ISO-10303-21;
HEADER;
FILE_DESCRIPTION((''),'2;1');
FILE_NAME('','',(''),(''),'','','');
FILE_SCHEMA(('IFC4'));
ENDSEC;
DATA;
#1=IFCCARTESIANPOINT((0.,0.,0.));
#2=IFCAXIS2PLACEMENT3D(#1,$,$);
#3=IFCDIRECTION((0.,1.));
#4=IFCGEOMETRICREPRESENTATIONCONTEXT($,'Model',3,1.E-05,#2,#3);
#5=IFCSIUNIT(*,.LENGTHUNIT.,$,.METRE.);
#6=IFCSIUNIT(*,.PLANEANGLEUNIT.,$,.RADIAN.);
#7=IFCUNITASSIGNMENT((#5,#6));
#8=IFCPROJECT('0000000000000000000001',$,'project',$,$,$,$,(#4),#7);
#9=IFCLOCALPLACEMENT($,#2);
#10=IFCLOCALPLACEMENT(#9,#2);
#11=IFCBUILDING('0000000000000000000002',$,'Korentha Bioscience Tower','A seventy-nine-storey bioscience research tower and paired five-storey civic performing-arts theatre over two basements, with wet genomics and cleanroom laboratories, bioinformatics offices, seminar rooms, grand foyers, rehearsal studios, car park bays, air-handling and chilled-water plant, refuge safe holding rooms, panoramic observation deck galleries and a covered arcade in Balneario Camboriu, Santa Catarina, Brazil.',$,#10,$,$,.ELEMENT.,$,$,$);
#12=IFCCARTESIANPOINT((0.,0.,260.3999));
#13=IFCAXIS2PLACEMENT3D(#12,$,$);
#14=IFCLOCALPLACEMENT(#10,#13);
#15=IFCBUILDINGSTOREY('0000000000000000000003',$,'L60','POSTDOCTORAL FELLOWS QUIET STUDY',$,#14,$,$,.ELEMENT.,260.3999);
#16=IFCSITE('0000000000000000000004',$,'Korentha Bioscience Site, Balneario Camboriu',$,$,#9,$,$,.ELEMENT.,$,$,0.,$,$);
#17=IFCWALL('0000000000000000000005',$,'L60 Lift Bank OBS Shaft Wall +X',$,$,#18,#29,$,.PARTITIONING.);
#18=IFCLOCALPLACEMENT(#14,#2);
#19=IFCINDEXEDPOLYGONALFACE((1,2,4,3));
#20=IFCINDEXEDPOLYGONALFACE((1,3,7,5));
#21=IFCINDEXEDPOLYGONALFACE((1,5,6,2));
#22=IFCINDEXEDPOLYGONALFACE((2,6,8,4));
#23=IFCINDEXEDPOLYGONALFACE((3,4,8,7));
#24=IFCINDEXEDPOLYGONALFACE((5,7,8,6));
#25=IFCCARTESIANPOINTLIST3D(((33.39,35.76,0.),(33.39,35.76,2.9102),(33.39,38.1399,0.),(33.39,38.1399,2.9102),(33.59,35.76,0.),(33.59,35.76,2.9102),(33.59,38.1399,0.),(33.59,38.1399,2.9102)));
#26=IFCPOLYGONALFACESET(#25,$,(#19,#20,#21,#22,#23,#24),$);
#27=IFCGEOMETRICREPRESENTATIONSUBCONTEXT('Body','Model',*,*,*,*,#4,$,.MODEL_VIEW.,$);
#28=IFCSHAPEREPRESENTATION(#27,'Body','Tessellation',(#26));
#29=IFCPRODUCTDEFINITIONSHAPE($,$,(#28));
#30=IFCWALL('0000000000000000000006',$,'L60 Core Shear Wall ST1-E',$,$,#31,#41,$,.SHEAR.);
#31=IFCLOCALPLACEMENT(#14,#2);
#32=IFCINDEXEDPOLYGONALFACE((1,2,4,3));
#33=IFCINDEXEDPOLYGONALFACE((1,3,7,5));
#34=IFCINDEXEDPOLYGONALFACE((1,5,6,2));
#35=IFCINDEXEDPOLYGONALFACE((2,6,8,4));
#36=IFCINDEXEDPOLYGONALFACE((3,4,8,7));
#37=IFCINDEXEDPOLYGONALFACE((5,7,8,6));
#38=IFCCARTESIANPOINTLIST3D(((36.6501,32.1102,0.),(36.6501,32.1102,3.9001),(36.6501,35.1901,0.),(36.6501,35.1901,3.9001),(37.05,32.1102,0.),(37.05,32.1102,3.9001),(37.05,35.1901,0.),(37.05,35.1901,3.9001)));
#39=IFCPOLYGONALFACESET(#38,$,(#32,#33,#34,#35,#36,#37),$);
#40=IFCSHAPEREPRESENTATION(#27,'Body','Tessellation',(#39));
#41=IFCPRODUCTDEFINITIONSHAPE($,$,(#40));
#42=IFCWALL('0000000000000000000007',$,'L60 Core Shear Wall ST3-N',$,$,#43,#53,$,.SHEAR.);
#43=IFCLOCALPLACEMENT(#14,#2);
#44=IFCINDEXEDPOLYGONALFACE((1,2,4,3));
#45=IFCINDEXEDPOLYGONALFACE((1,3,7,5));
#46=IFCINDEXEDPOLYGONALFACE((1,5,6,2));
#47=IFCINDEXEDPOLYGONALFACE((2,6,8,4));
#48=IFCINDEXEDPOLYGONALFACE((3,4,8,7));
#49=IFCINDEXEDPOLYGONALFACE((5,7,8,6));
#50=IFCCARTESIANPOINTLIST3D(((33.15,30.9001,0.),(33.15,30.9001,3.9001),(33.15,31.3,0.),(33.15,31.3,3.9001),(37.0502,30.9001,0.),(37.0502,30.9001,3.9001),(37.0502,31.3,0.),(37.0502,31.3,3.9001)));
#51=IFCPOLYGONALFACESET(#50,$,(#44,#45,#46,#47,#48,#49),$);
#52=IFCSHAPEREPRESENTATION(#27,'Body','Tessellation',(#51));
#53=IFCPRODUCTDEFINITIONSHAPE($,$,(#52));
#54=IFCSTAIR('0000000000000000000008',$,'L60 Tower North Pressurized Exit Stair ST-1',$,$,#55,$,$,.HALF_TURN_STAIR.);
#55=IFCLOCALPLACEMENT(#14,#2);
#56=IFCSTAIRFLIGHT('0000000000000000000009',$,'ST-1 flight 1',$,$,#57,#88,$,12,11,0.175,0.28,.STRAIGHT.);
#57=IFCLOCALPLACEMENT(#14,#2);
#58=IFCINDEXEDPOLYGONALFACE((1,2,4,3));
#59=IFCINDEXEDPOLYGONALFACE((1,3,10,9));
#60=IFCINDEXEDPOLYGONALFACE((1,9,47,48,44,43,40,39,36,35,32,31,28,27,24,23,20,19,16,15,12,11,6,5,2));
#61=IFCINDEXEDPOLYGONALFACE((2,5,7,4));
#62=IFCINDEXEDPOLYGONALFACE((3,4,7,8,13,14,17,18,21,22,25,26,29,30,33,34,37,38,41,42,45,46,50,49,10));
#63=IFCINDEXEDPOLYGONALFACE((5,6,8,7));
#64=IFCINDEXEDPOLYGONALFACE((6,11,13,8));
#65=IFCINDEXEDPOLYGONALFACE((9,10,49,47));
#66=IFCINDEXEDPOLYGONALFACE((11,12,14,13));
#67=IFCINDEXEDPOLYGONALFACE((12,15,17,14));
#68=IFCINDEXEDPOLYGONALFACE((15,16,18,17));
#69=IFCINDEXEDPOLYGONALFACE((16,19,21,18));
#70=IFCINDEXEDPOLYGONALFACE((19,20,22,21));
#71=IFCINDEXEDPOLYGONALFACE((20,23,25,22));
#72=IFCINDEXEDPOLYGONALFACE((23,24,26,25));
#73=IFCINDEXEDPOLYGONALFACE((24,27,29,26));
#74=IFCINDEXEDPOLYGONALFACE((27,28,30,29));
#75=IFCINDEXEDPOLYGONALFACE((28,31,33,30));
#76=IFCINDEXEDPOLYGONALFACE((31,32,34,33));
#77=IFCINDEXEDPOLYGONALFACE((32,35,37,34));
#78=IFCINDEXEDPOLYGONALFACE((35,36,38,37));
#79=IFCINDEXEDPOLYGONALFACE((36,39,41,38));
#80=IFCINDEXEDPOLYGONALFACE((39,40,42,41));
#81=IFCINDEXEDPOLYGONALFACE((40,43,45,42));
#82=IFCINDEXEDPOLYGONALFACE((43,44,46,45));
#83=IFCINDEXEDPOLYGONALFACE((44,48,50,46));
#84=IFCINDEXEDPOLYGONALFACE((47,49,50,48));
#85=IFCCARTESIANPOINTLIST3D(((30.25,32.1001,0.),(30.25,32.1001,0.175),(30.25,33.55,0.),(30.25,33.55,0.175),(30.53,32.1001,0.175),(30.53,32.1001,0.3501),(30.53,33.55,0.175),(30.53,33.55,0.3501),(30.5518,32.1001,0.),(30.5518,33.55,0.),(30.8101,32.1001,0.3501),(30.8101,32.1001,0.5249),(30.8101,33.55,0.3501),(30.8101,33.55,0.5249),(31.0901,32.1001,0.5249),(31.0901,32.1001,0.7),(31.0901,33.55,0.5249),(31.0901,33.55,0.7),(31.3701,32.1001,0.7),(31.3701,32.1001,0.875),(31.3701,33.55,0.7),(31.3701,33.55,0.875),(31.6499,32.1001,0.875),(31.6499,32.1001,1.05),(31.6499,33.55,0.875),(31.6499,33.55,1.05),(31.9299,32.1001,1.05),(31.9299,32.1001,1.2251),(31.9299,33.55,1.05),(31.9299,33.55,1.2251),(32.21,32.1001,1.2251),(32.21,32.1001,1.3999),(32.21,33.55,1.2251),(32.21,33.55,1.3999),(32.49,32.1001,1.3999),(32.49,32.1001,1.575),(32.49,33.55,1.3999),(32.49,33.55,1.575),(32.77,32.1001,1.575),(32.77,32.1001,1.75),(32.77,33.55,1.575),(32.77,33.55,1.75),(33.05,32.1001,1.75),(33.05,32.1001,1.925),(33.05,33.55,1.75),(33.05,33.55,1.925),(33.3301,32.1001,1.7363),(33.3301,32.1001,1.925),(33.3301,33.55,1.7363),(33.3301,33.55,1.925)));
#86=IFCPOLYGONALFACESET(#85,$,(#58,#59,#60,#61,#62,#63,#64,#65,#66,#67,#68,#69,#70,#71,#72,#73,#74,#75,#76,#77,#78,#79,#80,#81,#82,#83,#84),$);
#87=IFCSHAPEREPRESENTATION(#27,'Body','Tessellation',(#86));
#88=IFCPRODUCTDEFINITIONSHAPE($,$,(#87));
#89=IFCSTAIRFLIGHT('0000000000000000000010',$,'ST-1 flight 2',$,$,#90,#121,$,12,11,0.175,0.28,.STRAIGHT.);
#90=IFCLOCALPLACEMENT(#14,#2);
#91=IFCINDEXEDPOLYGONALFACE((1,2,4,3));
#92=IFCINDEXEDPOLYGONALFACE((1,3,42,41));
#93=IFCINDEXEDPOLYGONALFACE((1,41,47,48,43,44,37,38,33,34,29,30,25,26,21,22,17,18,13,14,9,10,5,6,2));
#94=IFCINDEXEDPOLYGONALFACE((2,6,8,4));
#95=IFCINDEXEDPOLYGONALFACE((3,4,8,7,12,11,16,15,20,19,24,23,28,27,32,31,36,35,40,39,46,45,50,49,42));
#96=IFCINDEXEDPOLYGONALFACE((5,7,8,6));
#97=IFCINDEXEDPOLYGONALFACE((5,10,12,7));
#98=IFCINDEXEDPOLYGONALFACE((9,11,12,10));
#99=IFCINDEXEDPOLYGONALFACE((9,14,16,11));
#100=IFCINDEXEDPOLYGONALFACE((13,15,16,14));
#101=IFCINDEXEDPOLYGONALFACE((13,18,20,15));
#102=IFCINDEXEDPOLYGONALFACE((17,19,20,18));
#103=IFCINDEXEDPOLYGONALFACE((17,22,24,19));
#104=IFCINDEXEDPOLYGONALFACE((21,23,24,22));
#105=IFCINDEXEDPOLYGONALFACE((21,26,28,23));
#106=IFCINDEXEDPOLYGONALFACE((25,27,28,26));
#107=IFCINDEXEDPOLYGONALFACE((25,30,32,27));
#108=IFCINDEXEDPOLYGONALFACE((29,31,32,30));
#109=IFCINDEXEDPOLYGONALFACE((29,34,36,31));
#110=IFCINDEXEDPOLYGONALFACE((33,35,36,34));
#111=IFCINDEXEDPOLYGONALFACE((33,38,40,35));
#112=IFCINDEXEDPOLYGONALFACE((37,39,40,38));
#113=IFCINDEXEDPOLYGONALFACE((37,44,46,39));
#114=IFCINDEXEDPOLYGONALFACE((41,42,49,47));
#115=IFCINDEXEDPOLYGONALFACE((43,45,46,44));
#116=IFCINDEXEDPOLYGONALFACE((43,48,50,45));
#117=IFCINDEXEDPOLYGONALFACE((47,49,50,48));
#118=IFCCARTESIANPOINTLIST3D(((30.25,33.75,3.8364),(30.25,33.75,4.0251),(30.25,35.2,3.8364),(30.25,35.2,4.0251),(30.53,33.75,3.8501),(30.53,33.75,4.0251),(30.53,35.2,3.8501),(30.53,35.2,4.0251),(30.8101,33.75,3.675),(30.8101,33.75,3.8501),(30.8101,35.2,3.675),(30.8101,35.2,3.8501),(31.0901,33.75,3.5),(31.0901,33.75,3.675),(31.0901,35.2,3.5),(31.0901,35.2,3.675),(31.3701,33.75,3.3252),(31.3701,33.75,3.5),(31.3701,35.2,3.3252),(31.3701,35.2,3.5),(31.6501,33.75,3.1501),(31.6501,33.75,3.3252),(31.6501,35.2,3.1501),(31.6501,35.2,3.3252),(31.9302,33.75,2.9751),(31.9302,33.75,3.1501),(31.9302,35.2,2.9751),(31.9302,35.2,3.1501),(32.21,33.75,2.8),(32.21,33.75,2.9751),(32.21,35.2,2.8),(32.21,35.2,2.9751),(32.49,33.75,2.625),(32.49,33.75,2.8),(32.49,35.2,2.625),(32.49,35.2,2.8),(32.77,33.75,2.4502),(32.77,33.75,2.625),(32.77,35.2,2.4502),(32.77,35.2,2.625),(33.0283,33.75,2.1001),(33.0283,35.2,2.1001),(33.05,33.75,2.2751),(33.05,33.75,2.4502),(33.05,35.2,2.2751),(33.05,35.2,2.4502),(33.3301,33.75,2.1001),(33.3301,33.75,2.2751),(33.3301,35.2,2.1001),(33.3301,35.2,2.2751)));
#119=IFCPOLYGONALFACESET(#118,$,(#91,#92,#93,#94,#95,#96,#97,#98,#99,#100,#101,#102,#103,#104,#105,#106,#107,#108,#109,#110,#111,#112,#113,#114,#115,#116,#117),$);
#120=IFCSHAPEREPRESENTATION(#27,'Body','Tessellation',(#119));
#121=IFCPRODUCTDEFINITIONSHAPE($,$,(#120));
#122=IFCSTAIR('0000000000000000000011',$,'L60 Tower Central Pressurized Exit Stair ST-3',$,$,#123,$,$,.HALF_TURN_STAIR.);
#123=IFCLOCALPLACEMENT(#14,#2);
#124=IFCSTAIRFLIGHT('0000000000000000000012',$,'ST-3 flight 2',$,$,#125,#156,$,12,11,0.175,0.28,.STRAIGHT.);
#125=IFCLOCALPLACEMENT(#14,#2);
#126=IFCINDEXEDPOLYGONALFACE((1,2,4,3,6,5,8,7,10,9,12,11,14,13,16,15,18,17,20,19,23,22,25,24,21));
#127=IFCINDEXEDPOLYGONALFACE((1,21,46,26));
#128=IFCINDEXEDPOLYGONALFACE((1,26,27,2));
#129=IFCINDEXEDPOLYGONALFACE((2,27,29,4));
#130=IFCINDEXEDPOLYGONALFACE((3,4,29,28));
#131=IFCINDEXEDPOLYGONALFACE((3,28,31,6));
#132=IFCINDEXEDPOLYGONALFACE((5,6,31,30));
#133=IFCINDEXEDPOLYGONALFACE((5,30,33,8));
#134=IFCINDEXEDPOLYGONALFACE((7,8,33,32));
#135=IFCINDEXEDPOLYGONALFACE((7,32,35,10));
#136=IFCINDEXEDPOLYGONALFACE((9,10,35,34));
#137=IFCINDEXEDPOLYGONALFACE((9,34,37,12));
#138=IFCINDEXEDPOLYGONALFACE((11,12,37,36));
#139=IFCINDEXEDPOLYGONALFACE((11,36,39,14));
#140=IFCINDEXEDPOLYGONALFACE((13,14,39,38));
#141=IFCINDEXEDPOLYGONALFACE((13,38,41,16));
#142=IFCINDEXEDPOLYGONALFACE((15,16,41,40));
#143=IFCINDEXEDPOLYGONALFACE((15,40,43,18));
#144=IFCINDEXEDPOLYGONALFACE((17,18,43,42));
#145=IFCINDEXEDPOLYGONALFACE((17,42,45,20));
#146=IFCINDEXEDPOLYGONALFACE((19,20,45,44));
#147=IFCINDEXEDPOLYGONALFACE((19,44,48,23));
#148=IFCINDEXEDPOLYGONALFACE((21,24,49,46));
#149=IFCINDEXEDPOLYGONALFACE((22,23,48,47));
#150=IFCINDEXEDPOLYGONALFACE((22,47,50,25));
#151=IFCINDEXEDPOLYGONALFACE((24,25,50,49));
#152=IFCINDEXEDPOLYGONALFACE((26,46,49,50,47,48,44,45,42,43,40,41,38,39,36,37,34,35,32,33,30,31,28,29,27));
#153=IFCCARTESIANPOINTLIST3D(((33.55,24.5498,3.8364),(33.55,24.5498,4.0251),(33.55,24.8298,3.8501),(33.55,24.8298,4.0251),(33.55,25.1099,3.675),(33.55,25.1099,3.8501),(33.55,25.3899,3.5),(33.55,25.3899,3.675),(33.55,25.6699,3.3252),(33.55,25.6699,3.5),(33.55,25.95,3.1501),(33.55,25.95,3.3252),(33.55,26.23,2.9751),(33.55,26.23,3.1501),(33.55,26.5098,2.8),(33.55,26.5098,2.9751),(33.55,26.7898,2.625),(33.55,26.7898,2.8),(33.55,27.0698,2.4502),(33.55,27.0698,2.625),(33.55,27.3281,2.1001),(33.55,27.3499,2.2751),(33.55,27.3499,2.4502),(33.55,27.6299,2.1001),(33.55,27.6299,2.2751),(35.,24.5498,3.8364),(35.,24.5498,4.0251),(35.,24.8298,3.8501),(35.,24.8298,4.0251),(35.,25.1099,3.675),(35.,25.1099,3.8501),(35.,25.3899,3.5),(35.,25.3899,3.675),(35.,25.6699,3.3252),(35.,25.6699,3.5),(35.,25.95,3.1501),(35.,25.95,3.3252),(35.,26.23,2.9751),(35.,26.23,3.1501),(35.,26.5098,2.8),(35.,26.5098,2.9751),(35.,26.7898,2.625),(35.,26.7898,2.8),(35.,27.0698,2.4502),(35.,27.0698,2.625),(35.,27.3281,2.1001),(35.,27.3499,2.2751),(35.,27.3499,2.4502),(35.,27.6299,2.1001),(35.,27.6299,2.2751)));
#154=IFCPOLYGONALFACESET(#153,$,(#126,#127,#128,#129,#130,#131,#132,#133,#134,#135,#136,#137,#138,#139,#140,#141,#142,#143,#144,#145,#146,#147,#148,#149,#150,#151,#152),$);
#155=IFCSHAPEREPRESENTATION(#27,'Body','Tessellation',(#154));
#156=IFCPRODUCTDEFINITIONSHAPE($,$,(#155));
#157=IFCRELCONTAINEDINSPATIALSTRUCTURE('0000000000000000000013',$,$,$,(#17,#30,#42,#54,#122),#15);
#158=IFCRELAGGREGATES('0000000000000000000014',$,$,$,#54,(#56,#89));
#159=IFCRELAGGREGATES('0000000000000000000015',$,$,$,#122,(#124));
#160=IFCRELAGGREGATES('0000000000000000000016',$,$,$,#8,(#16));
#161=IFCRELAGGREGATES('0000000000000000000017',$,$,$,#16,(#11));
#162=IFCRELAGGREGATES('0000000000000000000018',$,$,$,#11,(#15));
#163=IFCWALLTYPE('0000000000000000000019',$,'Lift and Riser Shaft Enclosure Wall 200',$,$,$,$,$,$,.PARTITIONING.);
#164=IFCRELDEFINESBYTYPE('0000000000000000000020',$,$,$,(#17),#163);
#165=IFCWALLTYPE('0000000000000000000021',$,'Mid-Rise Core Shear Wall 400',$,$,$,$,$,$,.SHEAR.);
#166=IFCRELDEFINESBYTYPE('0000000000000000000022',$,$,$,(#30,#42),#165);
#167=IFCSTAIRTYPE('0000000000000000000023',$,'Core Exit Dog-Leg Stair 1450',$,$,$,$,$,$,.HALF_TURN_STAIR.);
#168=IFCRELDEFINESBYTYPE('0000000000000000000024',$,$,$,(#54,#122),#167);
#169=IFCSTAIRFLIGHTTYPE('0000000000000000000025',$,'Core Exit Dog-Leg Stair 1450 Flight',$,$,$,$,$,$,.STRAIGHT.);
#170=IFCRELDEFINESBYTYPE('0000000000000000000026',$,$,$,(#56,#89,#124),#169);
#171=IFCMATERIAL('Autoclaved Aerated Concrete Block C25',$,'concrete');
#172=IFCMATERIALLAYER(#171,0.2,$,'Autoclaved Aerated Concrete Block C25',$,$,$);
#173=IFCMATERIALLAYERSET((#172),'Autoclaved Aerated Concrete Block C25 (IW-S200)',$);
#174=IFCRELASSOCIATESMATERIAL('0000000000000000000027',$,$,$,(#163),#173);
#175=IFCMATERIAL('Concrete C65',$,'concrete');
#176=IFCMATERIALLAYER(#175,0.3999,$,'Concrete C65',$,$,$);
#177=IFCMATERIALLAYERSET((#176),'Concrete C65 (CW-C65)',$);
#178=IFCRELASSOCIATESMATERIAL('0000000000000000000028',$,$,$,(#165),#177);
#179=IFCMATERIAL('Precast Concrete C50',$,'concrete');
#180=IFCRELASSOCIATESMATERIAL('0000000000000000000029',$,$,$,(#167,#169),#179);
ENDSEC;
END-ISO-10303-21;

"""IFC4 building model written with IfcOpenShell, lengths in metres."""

from ifc_helpers import new_model, si_unit, direction, frame, frame_2d, origin, place, context, subcontext, project, spatial, polyline, rectangle, outline, extrude, material, layer, layer_set, type_object, element, aggregate, save


model = new_model("IFC4")

# Units and contexts
model_context = context("Model", 3, precision=1e-05, world=origin(), true_north=direction((0.0, 1.0)))
body_context = subcontext(model_context, "Body", "Model", "MODEL_VIEW")
ifc_project = project(units=[si_unit("LENGTHUNIT", "METRE"), si_unit("PLANEANGLEUNIT", "RADIAN")], contexts=[model_context])

# Site, building, storey
site_placement = place(None, origin())
site = spatial("IfcSite", under=ifc_project, at=site_placement, Name="Korentha Bioscience Site, Balneario Camboriu", CompositionType="ELEMENT", RefElevation=0.0)
building_placement = place(site_placement, origin())
building = spatial("IfcBuilding", under=site, at=building_placement, Name="Korentha Bioscience Tower", Description="A seventy-nine-storey bioscience research tower and paired five-storey civic performing-arts theatre over two basements, with wet genomics and cleanroom laboratories, bioinformatics offices, seminar rooms, grand foyers, rehearsal studios, car park bays, air-handling and chilled-water plant, refuge safe holding rooms, panoramic observation deck galleries and a covered arcade in Balneario Camboriu, Santa Catarina, Brazil.", CompositionType="ELEMENT")
storey_placement = place(building_placement, frame((0.0, 0.0, 260.3999)))
storey = spatial("IfcBuildingStorey", under=building, at=storey_placement, Name="L60", Description="POSTDOCTORAL FELLOWS QUIET STUDY", CompositionType="ELEMENT", Elevation=260.3999)

# Shared definitions
ifc_material_1 = material(Name="Concrete C65", Category="concrete")

# Walls
ifc_material_2 = material(Name="Autoclaved Aerated Concrete Block C25", Category="concrete")
ifc_layer_1 = layer(ifc_material_2, 0.2, Name="Autoclaved Aerated Concrete Block C25")
ifc_layer_set_1 = layer_set([ifc_layer_1], Name="Autoclaved Aerated Concrete Block C25 (IW-S200)")
wall_type_1 = type_object("IfcWallType", Name="Lift and Riser Shaft Enclosure Wall 200", PredefinedType="PARTITIONING", material=ifc_layer_set_1)
wall_1_placement = place(storey_placement, frame((33.49, 35.76, 0.0), z_axis=(0.0, 0.0, 1.0), x_axis=(0.0, 1.0, 0.0)))
element("IfcWall", 1, at=wall_1_placement, inside=storey, type_object=wall_type_1, Name="L60 Lift Bank OBS Shaft Wall +X", PredefinedType="PARTITIONING", context=body_context, shape_type="SweptSolid", body=[
    extrude(rectangle(XDim=2.3799, YDim=0.2, at=frame_2d((1.1899, 0.0))), origin(), (0.0, 0.0, 1.0), 2.9102),
])
ifc_layer_2 = layer(ifc_material_1, 0.3999, Name="Concrete C65")
ifc_layer_set_2 = layer_set([ifc_layer_2], Name="Concrete C65 (CW-C65)")
wall_type_2 = type_object("IfcWallType", Name="Mid-Rise Core Shear Wall 400", PredefinedType="SHEAR", material=ifc_layer_set_2)
wall_2_placement = place(storey_placement, frame((36.8501, 32.1101, 0.0), z_axis=(0.0, 0.0, 1.0), x_axis=(0.0, 1.0, 0.0)))
element("IfcWall", 2, at=wall_2_placement, inside=storey, type_object=wall_type_2, Name="L60 Core Shear Wall ST1-E", PredefinedType="SHEAR", context=body_context, shape_type="SweptSolid", body=[
    extrude(rectangle(XDim=3.0798, YDim=0.3999, at=frame_2d((1.54, 0.0))), origin(), (0.0, 0.0, 1.0), 3.9001),
])
wall_3_placement = place(storey_placement, frame((33.1499, 31.1001, 0.0), z_axis=(0.0, 0.0, 1.0), x_axis=(1.0, 0.0, 0.0)))
element("IfcWall", 3, at=wall_3_placement, inside=storey, type_object=wall_type_2, Name="L60 Core Shear Wall ST3-N", PredefinedType="SHEAR", context=body_context, shape_type="SweptSolid", body=[
    extrude(rectangle(XDim=3.9001, YDim=0.3999, at=frame_2d((1.9502, 0.0))), origin(), (0.0, 0.0, 1.0), 3.9001),
])

# Stair, stair flights
ifc_material_3 = material(Name="Precast Concrete C50", Category="concrete")
stair_type = type_object("IfcStairType", Name="Core Exit Dog-Leg Stair 1450", PredefinedType="HALF_TURN_STAIR", material=ifc_material_3)
stair_1_placement = place(storey_placement, origin())
stair_1 = element("IfcStair", 4, at=stair_1_placement, inside=storey, type_object=stair_type, Name="L60 Tower North Pressurized Exit Stair ST-1", PredefinedType="HALF_TURN_STAIR")
stair_flight_type = type_object("IfcStairFlightType", Name="Core Exit Dog-Leg Stair 1450 Flight", PredefinedType="STRAIGHT", material=ifc_material_3)
stair_flight_1_placement = place(storey_placement, frame((30.25, 32.825, 0.0), z_axis=(0.0, 0.0, 1.0), x_axis=(1.0, 0.0, 0.0)))
stair_flight_1 = element("IfcStairFlight", 5, at=stair_flight_1_placement, type_object=stair_flight_type, Name="ST-1 flight 1", NumberOfRisers=12, NumberOfTreads=11, PredefinedType="STRAIGHT", RiserHeight=0.175, TreadLength=0.28, context=body_context, shape_type="SweptSolid", body=[
    extrude(outline(polyline([(0.0, 0.0), (0.0, 0.175), (0.28, 0.175), (0.28, 0.3501), (0.5601, 0.3501), (0.5601, 0.5249), (0.8401, 0.5249), (0.8401, 0.7), (1.1201, 0.7), (1.1201, 0.875), (1.3999, 0.875), (1.3999, 1.05), (1.6799, 1.05), (1.6799, 1.2251), (1.96, 1.2251), (1.96, 1.3999), (2.24, 1.3999), (2.24, 1.575), (2.52, 1.575), (2.52, 1.75), (2.8, 1.75), (2.8, 1.925), (3.0801, 1.925), (3.0801, 2.1001), (3.0801, 1.7363), (0.3018, 0.0), (0.0, 0.0)])), frame((0.0, 0.7251, 0.0), z_axis=(0.0, -1.0, 0.0), x_axis=(1.0, 0.0, 0.0)), (0.0, 0.0, 1.0), 1.45),
])
stair_flight_2_placement = place(storey_placement, frame((33.3301, 34.4751, 2.1001), z_axis=(0.0, 0.0, 1.0), x_axis=(-1.0, 0.0, 0.0)))
stair_flight_2 = element("IfcStairFlight", 6, at=stair_flight_2_placement, type_object=stair_flight_type, Name="ST-1 flight 2", NumberOfRisers=12, NumberOfTreads=11, PredefinedType="STRAIGHT", RiserHeight=0.175, TreadLength=0.28, context=body_context, shape_type="SweptSolid", body=[
    extrude(outline(polyline([(0.0, 0.0), (0.0, 0.175), (0.28, 0.175), (0.28, 0.3501), (0.5601, 0.3501), (0.5601, 0.5249), (0.8401, 0.5249), (0.8401, 0.7), (1.1201, 0.7), (1.1201, 0.875), (1.3999, 0.875), (1.3999, 1.05), (1.6799, 1.05), (1.6799, 1.2251), (1.96, 1.2251), (1.96, 1.3999), (2.24, 1.3999), (2.24, 1.575), (2.52, 1.575), (2.52, 1.75), (2.8, 1.75), (2.8, 1.925), (3.0801, 1.925), (3.0801, 2.1001), (3.0801, 1.7363), (0.3018, 0.0), (0.0, 0.0)])), frame((0.0, 0.7251, 0.0), z_axis=(0.0, -1.0, 0.0), x_axis=(1.0, 0.0, 0.0)), (0.0, 0.0, 1.0), 1.45),
])
aggregate(stair_1, [stair_flight_1, stair_flight_2])

# Stair, stair flight
stair_2_placement = place(storey_placement, origin())
stair_2 = element("IfcStair", 7, at=stair_2_placement, inside=storey, type_object=stair_type, Name="L60 Tower Central Pressurized Exit Stair ST-3", PredefinedType="HALF_TURN_STAIR")
stair_flight_3_placement = place(storey_placement, frame((34.2749, 27.6299, 2.1001), z_axis=(0.0, 0.0, 1.0), x_axis=(0.0, -1.0, 0.0)))
stair_flight_3 = element("IfcStairFlight", 8, at=stair_flight_3_placement, type_object=stair_flight_type, Name="ST-3 flight 2", NumberOfRisers=12, NumberOfTreads=11, PredefinedType="STRAIGHT", RiserHeight=0.175, TreadLength=0.28, context=body_context, shape_type="SweptSolid", body=[
    extrude(outline(polyline([(0.0, 0.0), (0.0, 0.175), (0.28, 0.175), (0.28, 0.3501), (0.5601, 0.3501), (0.5601, 0.5249), (0.8401, 0.5249), (0.8401, 0.7), (1.1201, 0.7), (1.1201, 0.875), (1.3999, 0.875), (1.3999, 1.05), (1.6799, 1.05), (1.6799, 1.2251), (1.96, 1.2251), (1.96, 1.3999), (2.24, 1.3999), (2.24, 1.575), (2.52, 1.575), (2.52, 1.75), (2.8, 1.75), (2.8, 1.925), (3.0801, 1.925), (3.0801, 2.1001), (3.0801, 1.7363), (0.3018, 0.0), (0.0, 0.0)])), frame((0.0, 0.7251, 0.0), z_axis=(0.0, -1.0, 0.0), x_axis=(1.0, 0.0, 0.0)), (0.0, 0.0, 1.0), 1.45),
])
aggregate(stair_2, [stair_flight_3])

save(model, "model.ifc")
